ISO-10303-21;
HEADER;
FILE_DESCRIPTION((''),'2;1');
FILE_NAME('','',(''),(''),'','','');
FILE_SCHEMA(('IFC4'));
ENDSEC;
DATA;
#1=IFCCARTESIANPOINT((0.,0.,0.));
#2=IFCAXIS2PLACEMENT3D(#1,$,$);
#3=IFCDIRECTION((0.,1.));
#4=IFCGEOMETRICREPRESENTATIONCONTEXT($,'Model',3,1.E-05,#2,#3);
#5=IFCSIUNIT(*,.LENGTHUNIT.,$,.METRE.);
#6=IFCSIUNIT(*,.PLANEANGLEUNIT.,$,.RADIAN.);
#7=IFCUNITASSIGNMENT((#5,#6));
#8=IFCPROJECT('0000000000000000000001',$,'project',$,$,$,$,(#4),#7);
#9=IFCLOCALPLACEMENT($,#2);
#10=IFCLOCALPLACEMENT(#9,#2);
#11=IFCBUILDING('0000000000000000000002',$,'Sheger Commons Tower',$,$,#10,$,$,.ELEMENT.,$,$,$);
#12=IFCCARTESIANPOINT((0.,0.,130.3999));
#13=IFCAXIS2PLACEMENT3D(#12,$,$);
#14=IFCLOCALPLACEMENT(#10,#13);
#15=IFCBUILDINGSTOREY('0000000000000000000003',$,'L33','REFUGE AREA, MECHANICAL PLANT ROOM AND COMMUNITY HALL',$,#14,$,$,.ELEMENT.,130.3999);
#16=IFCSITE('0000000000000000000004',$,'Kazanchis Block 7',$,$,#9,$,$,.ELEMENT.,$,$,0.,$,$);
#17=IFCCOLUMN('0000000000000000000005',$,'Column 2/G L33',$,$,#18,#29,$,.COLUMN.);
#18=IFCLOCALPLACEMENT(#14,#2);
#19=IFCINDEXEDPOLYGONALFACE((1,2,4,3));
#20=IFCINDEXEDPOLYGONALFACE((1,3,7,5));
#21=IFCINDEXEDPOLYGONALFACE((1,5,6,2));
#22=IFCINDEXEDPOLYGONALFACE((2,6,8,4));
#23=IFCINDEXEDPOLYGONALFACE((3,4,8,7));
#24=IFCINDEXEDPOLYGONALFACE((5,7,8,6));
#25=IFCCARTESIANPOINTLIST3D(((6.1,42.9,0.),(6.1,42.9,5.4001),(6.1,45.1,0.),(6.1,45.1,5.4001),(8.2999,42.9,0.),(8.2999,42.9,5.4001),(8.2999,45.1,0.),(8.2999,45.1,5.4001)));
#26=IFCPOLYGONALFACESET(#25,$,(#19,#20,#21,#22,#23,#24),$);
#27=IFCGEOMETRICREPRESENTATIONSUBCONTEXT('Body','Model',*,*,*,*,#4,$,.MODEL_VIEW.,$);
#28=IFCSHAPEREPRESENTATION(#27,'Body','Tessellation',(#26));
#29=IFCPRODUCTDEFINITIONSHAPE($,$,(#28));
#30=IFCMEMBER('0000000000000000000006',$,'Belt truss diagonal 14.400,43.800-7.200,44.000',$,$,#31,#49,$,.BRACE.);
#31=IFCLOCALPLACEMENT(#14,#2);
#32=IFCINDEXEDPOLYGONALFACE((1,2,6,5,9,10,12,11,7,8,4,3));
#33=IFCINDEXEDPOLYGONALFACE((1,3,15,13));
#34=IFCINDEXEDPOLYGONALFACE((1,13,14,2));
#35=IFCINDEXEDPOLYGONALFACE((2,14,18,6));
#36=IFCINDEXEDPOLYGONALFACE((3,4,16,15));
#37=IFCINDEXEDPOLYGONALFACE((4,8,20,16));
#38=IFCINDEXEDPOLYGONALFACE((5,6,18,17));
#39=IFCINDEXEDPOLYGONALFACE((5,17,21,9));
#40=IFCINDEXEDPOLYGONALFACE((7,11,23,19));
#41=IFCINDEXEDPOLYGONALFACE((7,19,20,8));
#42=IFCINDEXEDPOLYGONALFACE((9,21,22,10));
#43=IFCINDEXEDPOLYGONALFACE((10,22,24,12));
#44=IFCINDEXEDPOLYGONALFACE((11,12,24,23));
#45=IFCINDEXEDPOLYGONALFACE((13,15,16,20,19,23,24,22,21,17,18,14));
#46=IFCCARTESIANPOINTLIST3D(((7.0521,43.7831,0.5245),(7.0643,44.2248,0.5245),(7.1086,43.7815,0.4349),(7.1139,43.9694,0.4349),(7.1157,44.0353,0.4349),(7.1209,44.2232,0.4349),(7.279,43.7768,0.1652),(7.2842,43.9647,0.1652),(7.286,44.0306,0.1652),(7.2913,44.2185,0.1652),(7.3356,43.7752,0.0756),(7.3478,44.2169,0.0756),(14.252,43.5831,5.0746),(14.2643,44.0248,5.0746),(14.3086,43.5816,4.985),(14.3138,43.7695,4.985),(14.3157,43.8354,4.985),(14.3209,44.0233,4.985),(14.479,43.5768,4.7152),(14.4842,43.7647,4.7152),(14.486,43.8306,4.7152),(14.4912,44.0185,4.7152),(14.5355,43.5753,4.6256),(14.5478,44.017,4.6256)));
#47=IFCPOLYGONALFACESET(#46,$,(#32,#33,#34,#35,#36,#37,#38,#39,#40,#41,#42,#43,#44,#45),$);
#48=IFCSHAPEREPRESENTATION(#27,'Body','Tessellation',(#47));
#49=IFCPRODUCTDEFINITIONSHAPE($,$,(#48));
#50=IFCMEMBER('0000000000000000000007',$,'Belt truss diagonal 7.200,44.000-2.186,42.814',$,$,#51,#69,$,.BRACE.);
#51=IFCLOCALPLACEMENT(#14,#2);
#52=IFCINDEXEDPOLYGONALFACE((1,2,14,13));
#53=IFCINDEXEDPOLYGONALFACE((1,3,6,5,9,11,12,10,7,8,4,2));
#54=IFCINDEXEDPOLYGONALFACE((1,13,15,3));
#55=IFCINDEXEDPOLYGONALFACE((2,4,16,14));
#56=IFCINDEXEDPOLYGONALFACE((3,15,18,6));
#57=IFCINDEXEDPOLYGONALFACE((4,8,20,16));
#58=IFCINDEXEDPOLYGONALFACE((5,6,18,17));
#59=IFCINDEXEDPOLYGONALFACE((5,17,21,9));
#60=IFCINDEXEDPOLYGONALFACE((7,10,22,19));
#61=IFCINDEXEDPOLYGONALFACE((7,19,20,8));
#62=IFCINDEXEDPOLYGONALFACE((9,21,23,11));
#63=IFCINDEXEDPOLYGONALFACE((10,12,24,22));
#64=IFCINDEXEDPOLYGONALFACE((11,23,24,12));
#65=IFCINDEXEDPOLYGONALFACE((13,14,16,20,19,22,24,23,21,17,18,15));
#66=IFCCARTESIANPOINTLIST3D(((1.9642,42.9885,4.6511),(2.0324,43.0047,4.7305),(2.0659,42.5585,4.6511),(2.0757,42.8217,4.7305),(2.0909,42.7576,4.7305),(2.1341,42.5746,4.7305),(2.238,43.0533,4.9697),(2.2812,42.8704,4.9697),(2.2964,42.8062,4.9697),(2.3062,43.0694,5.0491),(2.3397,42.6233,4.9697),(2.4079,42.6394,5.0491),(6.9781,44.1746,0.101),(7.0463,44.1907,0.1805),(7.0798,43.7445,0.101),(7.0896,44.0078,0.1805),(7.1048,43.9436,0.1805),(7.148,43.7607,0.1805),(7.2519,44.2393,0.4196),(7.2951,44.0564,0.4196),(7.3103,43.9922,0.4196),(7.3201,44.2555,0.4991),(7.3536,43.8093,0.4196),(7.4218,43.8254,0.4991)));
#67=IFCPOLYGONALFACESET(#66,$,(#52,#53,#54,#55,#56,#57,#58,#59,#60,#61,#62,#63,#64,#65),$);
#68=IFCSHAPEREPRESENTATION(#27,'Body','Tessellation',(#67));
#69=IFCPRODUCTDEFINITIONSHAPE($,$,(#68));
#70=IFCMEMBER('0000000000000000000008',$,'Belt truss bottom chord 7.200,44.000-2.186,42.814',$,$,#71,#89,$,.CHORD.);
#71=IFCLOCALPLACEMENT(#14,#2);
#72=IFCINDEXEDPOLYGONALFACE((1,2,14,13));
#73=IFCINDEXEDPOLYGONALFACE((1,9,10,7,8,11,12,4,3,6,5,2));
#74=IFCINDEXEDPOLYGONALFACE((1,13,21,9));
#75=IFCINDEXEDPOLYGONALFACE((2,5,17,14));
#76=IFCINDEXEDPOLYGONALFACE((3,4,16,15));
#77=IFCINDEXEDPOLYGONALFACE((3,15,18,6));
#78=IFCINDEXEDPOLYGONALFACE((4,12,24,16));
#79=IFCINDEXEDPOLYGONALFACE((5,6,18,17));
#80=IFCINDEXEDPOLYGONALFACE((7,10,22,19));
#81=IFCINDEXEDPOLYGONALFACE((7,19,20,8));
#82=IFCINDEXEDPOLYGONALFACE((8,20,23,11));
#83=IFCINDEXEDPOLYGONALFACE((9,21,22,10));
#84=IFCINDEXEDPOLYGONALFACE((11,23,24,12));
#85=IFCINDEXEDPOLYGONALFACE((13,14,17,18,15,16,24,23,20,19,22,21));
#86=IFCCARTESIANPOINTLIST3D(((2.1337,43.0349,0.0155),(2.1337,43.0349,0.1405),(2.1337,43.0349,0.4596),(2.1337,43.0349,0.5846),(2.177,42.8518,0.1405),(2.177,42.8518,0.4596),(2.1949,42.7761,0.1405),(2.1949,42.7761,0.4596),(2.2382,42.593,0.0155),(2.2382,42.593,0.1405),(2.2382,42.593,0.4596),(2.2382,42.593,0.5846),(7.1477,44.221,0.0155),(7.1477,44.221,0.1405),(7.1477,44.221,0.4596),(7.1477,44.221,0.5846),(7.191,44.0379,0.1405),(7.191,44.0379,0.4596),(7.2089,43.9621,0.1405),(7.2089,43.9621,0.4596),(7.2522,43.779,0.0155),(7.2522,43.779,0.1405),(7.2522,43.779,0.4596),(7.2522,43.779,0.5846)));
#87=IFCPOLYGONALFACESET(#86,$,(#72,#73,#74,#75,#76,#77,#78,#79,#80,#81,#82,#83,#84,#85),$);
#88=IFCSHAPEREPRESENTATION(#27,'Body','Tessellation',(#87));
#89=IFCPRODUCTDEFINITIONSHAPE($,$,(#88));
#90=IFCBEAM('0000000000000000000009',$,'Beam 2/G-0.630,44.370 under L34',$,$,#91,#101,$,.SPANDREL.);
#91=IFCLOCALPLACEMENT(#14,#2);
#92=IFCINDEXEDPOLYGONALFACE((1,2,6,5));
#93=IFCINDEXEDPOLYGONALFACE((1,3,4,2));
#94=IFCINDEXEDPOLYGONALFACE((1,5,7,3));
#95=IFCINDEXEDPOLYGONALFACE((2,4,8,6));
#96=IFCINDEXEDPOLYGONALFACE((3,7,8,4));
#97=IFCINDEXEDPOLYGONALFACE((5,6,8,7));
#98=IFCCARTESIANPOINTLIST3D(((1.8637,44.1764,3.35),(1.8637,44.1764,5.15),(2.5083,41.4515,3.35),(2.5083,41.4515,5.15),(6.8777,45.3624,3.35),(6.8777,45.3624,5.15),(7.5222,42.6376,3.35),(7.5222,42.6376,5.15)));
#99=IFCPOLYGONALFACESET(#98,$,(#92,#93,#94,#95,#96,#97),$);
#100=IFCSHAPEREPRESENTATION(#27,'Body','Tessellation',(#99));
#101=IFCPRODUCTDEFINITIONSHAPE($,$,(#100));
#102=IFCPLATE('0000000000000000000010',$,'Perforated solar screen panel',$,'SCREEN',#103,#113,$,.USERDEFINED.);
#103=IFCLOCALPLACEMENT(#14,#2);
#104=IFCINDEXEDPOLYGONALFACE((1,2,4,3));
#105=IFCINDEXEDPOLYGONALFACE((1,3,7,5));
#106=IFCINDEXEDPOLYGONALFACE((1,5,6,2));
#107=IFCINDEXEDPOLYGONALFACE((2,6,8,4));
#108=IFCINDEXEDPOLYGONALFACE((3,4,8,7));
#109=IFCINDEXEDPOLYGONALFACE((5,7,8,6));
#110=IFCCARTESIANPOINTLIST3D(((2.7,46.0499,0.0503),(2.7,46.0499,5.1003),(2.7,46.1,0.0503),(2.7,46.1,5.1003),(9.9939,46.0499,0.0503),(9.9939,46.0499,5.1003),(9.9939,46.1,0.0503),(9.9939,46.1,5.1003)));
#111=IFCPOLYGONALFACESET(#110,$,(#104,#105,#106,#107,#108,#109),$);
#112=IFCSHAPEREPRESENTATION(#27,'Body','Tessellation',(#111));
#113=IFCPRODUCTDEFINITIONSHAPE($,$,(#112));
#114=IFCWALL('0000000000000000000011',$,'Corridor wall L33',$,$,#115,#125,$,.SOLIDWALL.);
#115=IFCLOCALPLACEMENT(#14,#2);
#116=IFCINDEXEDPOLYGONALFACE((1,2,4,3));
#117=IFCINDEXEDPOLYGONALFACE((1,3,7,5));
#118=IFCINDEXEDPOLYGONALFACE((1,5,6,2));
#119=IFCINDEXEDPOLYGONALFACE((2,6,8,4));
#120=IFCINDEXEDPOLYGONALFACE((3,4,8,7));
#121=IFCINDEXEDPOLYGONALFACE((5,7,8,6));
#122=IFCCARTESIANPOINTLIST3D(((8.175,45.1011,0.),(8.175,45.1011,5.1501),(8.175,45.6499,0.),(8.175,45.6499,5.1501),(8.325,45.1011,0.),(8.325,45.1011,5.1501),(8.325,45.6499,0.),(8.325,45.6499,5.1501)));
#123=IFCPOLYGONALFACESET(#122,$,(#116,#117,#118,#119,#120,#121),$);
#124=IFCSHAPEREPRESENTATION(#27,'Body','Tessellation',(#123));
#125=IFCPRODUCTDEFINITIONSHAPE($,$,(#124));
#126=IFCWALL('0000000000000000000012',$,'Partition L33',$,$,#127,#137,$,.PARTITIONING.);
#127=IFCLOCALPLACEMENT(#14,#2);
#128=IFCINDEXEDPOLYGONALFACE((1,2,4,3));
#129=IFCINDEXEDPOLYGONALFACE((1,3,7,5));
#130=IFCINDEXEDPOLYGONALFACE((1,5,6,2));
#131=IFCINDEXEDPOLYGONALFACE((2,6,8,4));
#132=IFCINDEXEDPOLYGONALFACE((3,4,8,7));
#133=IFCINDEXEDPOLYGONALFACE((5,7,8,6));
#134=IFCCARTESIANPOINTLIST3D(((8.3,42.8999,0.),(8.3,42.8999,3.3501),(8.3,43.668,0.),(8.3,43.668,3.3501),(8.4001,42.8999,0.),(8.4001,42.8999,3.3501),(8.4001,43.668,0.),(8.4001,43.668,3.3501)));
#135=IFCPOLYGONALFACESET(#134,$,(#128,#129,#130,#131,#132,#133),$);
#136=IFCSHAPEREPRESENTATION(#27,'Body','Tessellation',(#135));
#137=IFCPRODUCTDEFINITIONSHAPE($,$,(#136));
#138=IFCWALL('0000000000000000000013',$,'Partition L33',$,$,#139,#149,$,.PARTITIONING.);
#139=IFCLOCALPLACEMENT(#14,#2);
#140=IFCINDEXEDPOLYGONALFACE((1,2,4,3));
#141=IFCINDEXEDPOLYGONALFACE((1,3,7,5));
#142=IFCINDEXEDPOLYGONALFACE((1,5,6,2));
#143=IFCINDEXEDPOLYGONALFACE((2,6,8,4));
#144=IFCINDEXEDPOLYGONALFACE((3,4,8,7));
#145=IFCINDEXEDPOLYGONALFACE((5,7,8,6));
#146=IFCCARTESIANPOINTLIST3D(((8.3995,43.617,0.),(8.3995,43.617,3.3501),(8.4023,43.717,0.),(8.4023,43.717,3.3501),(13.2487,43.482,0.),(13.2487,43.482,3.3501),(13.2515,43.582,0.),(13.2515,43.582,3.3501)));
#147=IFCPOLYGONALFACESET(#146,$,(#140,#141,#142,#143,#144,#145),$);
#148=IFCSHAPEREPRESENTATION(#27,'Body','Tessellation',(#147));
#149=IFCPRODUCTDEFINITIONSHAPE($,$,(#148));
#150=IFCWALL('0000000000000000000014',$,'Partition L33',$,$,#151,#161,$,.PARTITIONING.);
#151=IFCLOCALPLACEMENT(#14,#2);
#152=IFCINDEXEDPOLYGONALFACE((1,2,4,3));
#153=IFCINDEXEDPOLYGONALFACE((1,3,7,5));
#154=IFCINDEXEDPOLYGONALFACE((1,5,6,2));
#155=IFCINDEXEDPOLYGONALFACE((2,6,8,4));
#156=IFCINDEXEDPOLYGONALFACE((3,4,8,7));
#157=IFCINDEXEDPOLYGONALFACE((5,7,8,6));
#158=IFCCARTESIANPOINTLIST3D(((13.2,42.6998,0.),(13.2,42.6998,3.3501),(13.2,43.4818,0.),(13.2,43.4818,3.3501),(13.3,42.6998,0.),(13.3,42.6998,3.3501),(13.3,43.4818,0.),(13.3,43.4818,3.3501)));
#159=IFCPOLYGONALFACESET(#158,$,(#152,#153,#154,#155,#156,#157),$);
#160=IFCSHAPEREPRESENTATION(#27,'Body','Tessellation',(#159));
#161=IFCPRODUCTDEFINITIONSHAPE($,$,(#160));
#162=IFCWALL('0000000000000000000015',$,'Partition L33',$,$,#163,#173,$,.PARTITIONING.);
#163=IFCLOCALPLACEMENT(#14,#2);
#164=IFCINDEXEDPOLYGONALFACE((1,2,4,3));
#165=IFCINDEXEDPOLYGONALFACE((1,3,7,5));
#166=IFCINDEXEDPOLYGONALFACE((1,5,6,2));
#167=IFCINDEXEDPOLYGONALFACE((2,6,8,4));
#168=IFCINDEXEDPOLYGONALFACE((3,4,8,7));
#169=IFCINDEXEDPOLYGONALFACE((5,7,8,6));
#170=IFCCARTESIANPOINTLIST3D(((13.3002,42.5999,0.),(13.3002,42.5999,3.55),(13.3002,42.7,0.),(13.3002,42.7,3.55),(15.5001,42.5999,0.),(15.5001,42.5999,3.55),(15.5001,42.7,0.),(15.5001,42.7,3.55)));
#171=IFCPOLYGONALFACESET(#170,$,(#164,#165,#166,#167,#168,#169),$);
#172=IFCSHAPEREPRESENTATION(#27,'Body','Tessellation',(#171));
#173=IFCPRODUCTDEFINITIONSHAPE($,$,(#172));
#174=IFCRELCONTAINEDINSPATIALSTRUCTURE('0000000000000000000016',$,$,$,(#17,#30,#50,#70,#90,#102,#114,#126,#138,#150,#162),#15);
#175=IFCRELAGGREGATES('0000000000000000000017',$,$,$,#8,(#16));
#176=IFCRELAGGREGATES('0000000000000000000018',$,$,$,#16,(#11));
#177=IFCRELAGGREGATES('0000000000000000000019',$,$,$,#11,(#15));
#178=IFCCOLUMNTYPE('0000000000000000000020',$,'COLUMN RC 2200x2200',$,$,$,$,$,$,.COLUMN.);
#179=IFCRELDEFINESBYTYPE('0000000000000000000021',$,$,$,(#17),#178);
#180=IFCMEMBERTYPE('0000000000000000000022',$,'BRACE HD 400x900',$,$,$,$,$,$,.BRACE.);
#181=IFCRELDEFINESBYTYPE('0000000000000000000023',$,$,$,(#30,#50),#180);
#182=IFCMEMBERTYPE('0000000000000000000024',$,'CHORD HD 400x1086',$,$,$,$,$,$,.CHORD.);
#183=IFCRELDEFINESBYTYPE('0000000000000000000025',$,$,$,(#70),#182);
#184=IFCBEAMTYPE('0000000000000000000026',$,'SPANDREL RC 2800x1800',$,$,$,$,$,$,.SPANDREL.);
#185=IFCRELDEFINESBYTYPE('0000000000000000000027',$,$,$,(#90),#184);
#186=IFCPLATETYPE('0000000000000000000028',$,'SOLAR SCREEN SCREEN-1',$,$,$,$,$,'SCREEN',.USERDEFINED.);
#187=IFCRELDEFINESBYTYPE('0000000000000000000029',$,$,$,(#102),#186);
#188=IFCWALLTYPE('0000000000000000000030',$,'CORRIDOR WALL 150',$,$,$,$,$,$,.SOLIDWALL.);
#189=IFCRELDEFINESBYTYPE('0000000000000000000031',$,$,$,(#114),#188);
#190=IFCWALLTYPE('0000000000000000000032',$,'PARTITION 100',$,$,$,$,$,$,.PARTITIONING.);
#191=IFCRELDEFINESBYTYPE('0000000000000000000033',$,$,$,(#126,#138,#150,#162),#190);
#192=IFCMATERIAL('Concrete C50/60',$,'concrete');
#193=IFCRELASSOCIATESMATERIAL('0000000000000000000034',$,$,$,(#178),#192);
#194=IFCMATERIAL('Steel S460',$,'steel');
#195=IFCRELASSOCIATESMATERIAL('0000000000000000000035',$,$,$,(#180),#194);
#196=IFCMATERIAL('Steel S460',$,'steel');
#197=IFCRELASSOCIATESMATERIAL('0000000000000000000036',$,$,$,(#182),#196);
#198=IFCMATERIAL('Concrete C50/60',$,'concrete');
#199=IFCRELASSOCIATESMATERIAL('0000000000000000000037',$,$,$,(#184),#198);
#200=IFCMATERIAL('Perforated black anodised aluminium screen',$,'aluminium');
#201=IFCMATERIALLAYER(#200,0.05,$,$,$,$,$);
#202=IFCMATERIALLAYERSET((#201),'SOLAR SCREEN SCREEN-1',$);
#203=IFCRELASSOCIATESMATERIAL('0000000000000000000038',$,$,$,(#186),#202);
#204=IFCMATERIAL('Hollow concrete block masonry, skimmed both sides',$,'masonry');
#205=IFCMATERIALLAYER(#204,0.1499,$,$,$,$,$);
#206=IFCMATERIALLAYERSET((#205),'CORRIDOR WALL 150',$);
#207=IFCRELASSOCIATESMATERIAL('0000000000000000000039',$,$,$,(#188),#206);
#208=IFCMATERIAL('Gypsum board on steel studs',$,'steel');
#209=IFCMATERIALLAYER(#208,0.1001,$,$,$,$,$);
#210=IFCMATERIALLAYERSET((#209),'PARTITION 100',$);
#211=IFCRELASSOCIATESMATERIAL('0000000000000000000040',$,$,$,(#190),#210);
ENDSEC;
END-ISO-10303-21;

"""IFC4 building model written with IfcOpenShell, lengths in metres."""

from ifc_helpers import new_model, si_unit, direction, frame, frame_2d, origin, origin_2d, place, context, subcontext, project, spatial, rectangle, i_section, extrude, material, layer, layer_set, material_profile, profile_set, type_object, element, save


model = new_model("IFC4")

# Units and contexts
model_context = context("Model", 3, precision=1e-05, world=origin(), true_north=direction((0.0, 1.0)))
body_context = subcontext(model_context, "Body", "Model", "MODEL_VIEW")
ifc_project = project(units=[si_unit("LENGTHUNIT", "METRE"), si_unit("PLANEANGLEUNIT", "RADIAN")], contexts=[model_context])

# Site, building, storey
site_placement = place(None, origin())
site = spatial("IfcSite", under=ifc_project, at=site_placement, Name="Kazanchis Block 7", CompositionType="ELEMENT", RefElevation=0.0)
building_placement = place(site_placement, origin())
building = spatial("IfcBuilding", under=site, at=building_placement, Name="Sheger Commons Tower", CompositionType="ELEMENT")
storey_placement = place(building_placement, frame((0.0, 0.0, 130.3999)))
storey = spatial("IfcBuildingStorey", under=building, at=storey_placement, Name="L33", Description="REFUGE AREA, MECHANICAL PLANT ROOM AND COMMUNITY HALL", CompositionType="ELEMENT", Elevation=130.3999)

# Column
ifc_material_1 = material(Name="Concrete C50/60", Category="concrete")
ifc_material_profile_1 = material_profile(ifc_material_1, rectangle(XDim=2.2, YDim=2.2, at=origin_2d()), Name="RC 2200x2200")
ifc_profile_set_1 = profile_set([ifc_material_profile_1], Name="Concrete C50/60")
column_type = type_object("IfcColumnType", Name="COLUMN RC 2200x2200", PredefinedType="COLUMN", material=ifc_profile_set_1)
column_placement = place(storey_placement, frame((7.2, 44.0, 0.0), z_axis=(0.0, 0.0, 1.0), x_axis=(1.0, 0.0, 0.0)))
element("IfcColumn", 1, at=column_placement, inside=storey, type_object=column_type, Name="Column 2/G L33", PredefinedType="COLUMN", context=body_context, shape_type="SweptSolid", body=[
    extrude(rectangle(XDim=2.2, YDim=2.2, at=origin_2d()), origin(), (0.0, 0.0, 1.0), 5.4001),
])

# Members
ifc_material_2 = material(Name="Steel S460", Category="steel")
ifc_material_profile_2 = material_profile(ifc_material_2, i_section(OverallWidth=0.4419, OverallDepth=0.531, WebThickness=0.0659, FlangeThickness=0.106, at=origin_2d()), Name="HD 400x900")
ifc_profile_set_2 = profile_set([ifc_material_profile_2], Name="Steel S460")
member_type_1 = type_object("IfcMemberType", Name="BRACE HD 400x900", PredefinedType="BRACE", material=ifc_profile_set_2)
member_1_placement = place(storey_placement, frame((7.2, 44.0, 0.3), z_axis=(0.845112, -0.02347, 0.534073), x_axis=(0.02776, 0.999615, 0.0)))
element("IfcMember", 2, at=member_1_placement, inside=storey, type_object=member_type_1, Name="Belt truss diagonal 14.400,43.800-7.200,44.000", PredefinedType="BRACE", context=body_context, shape_type="SweptSolid", body=[
    extrude(i_section(OverallWidth=0.4419, OverallDepth=0.531, WebThickness=0.0659, FlangeThickness=0.106, at=origin_2d()), origin(), (0.0, 0.0, 1.0), 8.5195),
])
member_2_placement = place(storey_placement, frame((7.2, 44.0, 0.3), z_axis=(-0.729425, -0.172545, 0.661942), x_axis=(0.230196, -0.973144, 0.0)))
element("IfcMember", 3, at=member_2_placement, inside=storey, type_object=member_type_1, Name="Belt truss diagonal 7.200,44.000-2.186,42.814", PredefinedType="BRACE", context=body_context, shape_type="SweptSolid", body=[
    extrude(i_section(OverallWidth=0.4419, OverallDepth=0.531, WebThickness=0.0659, FlangeThickness=0.106, at=origin_2d()), origin(), (0.0, 0.0, 1.0), 6.8738),
])
ifc_material_3 = material(Name="Steel S460", Category="steel")
ifc_material_profile_3 = material_profile(ifc_material_3, i_section(OverallWidth=0.4541, OverallDepth=0.5691, WebThickness=0.0779, FlangeThickness=0.125, at=origin_2d()), Name="HD 400x1086")
ifc_profile_set_3 = profile_set([ifc_material_profile_3], Name="Steel S460")
member_type_2 = type_object("IfcMemberType", Name="CHORD HD 400x1086", PredefinedType="CHORD", material=ifc_profile_set_3)
member_3_placement = place(storey_placement, frame((7.2, 44.0, 0.3), z_axis=(-0.973144, -0.230196, 0.0), x_axis=(0.230196, -0.973144, 0.0)))
element("IfcMember", 4, at=member_3_placement, inside=storey, type_object=member_type_2, Name="Belt truss bottom chord 7.200,44.000-2.186,42.814", PredefinedType="CHORD", context=body_context, shape_type="SweptSolid", body=[
    extrude(i_section(OverallWidth=0.4541, OverallDepth=0.5691, WebThickness=0.0779, FlangeThickness=0.125, at=origin_2d()), origin(), (0.0, 0.0, 1.0), 5.1523),
])

# Beam
ifc_material_4 = material(Name="Concrete C50/60", Category="concrete")
ifc_material_profile_4 = material_profile(ifc_material_4, rectangle(XDim=2.8, YDim=1.8, at=origin_2d()), Name="RC 2800x1800")
ifc_profile_set_4 = profile_set([ifc_material_profile_4], Name="Concrete C50/60")
beam_type = type_object("IfcBeamType", Name="SPANDREL RC 2800x1800", PredefinedType="SPANDREL", material=ifc_profile_set_4)
beam_placement = place(storey_placement, frame((7.2, 44.0, 4.25), z_axis=(-0.973144, -0.230196, 0.0), x_axis=(0.230196, -0.973144, 0.0)))
element("IfcBeam", 5, at=beam_placement, inside=storey, type_object=beam_type, Name="Beam 2/G-0.630,44.370 under L34", PredefinedType="SPANDREL", context=body_context, shape_type="SweptSolid", body=[
    extrude(rectangle(XDim=2.8, YDim=1.8, at=origin_2d()), origin(), (0.0, 0.0, 1.0), 5.1523),
])

# Plate
ifc_material_5 = material(Name="Perforated black anodised aluminium screen", Category="aluminium")
ifc_layer_1 = layer(ifc_material_5, 0.05)
ifc_layer_set_1 = layer_set([ifc_layer_1], Name="SOLAR SCREEN SCREEN-1")
plate_type = type_object("IfcPlateType", Name="SOLAR SCREEN SCREEN-1", ElementType="SCREEN", PredefinedType="USERDEFINED", material=ifc_layer_set_1)
plate_placement = place(storey_placement, frame((6.3469, 46.075, 0.0503), z_axis=(0.0, 0.0, 1.0), x_axis=(-1.0, 0.0, 0.0)))
element("IfcPlate", 6, at=plate_placement, inside=storey, type_object=plate_type, Name="Perforated solar screen panel", ObjectType="SCREEN", PredefinedType="USERDEFINED", context=body_context, shape_type="SweptSolid", body=[
    extrude(rectangle(XDim=7.2939, YDim=0.05, at=origin_2d()), origin(), (0.0, 0.0, 1.0), 5.05),
])

# Walls
ifc_material_6 = material(Name="Hollow concrete block masonry, skimmed both sides", Category="masonry")
ifc_layer_2 = layer(ifc_material_6, 0.1499)
ifc_layer_set_2 = layer_set([ifc_layer_2], Name="CORRIDOR WALL 150")
wall_type_1 = type_object("IfcWallType", Name="CORRIDOR WALL 150", PredefinedType="SOLIDWALL", material=ifc_layer_set_2)
wall_1_placement = place(storey_placement, frame((8.25, 45.1011, 0.0), z_axis=(0.0, 0.0, 1.0), x_axis=(0.0, 1.0, 0.0)))
element("IfcWall", 7, at=wall_1_placement, inside=storey, type_object=wall_type_1, Name="Corridor wall L33", PredefinedType="SOLIDWALL", context=body_context, shape_type="SweptSolid", body=[
    extrude(rectangle(XDim=0.5488, YDim=0.1499, at=frame_2d((0.2744, 0.0))), origin(), (0.0, 0.0, 1.0), 5.1501),
])
ifc_material_7 = material(Name="Gypsum board on steel studs", Category="steel")
ifc_layer_3 = layer(ifc_material_7, 0.1001)
ifc_layer_set_3 = layer_set([ifc_layer_3], Name="PARTITION 100")
wall_type_2 = type_object("IfcWallType", Name="PARTITION 100", PredefinedType="PARTITIONING", material=ifc_layer_set_3)
wall_2_placement = place(storey_placement, frame((8.3501, 42.8999, 0.0), z_axis=(0.0, 0.0, 1.0), x_axis=(0.0, 1.0, 0.0)))
element("IfcWall", 8, at=wall_2_placement, inside=storey, type_object=wall_type_2, Name="Partition L33", PredefinedType="PARTITIONING", context=body_context, shape_type="SweptSolid", body=[
    extrude(rectangle(XDim=0.7681, YDim=0.1001, at=frame_2d((0.384, 0.0))), origin(), (0.0, 0.0, 1.0), 3.3501),
])
wall_3_placement = place(storey_placement, frame((8.4009, 43.667, 0.0), z_axis=(0.0, 0.0, 1.0), x_axis=(0.999613, -0.027831, 0.0)))
element("IfcWall", 9, at=wall_3_placement, inside=storey, type_object=wall_type_2, Name="Partition L33", PredefinedType="PARTITIONING", context=body_context, shape_type="SweptSolid", body=[
    extrude(rectangle(XDim=4.8511, YDim=0.1001, at=frame_2d((2.4255, 0.0))), origin(), (0.0, 0.0, 1.0), 3.3501),
])
wall_4_placement = place(storey_placement, frame((13.25, 43.4819, 0.0), z_axis=(0.0, 0.0, 1.0), x_axis=(0.0, -1.0, 0.0)))
element("IfcWall", 10, at=wall_4_placement, inside=storey, type_object=wall_type_2, Name="Partition L33", PredefinedType="PARTITIONING", context=body_context, shape_type="SweptSolid", body=[
    extrude(rectangle(XDim=0.782, YDim=0.1001, at=frame_2d((0.3911, 0.0))), origin(), (0.0, 0.0, 1.0), 3.3501),
])
wall_5_placement = place(storey_placement, frame((13.3, 42.6499, 0.0), z_axis=(0.0, 0.0, 1.0), x_axis=(1.0, 0.0, 0.0)))
element("IfcWall", 11, at=wall_5_placement, inside=storey, type_object=wall_type_2, Name="Partition L33", PredefinedType="PARTITIONING", context=body_context, shape_type="SweptSolid", body=[
    extrude(rectangle(XDim=2.2, YDim=0.1001, at=frame_2d((1.1001, 0.0))), origin(), (0.0, 0.0, 1.0), 3.55),
])

save(model, "model.ifc")
